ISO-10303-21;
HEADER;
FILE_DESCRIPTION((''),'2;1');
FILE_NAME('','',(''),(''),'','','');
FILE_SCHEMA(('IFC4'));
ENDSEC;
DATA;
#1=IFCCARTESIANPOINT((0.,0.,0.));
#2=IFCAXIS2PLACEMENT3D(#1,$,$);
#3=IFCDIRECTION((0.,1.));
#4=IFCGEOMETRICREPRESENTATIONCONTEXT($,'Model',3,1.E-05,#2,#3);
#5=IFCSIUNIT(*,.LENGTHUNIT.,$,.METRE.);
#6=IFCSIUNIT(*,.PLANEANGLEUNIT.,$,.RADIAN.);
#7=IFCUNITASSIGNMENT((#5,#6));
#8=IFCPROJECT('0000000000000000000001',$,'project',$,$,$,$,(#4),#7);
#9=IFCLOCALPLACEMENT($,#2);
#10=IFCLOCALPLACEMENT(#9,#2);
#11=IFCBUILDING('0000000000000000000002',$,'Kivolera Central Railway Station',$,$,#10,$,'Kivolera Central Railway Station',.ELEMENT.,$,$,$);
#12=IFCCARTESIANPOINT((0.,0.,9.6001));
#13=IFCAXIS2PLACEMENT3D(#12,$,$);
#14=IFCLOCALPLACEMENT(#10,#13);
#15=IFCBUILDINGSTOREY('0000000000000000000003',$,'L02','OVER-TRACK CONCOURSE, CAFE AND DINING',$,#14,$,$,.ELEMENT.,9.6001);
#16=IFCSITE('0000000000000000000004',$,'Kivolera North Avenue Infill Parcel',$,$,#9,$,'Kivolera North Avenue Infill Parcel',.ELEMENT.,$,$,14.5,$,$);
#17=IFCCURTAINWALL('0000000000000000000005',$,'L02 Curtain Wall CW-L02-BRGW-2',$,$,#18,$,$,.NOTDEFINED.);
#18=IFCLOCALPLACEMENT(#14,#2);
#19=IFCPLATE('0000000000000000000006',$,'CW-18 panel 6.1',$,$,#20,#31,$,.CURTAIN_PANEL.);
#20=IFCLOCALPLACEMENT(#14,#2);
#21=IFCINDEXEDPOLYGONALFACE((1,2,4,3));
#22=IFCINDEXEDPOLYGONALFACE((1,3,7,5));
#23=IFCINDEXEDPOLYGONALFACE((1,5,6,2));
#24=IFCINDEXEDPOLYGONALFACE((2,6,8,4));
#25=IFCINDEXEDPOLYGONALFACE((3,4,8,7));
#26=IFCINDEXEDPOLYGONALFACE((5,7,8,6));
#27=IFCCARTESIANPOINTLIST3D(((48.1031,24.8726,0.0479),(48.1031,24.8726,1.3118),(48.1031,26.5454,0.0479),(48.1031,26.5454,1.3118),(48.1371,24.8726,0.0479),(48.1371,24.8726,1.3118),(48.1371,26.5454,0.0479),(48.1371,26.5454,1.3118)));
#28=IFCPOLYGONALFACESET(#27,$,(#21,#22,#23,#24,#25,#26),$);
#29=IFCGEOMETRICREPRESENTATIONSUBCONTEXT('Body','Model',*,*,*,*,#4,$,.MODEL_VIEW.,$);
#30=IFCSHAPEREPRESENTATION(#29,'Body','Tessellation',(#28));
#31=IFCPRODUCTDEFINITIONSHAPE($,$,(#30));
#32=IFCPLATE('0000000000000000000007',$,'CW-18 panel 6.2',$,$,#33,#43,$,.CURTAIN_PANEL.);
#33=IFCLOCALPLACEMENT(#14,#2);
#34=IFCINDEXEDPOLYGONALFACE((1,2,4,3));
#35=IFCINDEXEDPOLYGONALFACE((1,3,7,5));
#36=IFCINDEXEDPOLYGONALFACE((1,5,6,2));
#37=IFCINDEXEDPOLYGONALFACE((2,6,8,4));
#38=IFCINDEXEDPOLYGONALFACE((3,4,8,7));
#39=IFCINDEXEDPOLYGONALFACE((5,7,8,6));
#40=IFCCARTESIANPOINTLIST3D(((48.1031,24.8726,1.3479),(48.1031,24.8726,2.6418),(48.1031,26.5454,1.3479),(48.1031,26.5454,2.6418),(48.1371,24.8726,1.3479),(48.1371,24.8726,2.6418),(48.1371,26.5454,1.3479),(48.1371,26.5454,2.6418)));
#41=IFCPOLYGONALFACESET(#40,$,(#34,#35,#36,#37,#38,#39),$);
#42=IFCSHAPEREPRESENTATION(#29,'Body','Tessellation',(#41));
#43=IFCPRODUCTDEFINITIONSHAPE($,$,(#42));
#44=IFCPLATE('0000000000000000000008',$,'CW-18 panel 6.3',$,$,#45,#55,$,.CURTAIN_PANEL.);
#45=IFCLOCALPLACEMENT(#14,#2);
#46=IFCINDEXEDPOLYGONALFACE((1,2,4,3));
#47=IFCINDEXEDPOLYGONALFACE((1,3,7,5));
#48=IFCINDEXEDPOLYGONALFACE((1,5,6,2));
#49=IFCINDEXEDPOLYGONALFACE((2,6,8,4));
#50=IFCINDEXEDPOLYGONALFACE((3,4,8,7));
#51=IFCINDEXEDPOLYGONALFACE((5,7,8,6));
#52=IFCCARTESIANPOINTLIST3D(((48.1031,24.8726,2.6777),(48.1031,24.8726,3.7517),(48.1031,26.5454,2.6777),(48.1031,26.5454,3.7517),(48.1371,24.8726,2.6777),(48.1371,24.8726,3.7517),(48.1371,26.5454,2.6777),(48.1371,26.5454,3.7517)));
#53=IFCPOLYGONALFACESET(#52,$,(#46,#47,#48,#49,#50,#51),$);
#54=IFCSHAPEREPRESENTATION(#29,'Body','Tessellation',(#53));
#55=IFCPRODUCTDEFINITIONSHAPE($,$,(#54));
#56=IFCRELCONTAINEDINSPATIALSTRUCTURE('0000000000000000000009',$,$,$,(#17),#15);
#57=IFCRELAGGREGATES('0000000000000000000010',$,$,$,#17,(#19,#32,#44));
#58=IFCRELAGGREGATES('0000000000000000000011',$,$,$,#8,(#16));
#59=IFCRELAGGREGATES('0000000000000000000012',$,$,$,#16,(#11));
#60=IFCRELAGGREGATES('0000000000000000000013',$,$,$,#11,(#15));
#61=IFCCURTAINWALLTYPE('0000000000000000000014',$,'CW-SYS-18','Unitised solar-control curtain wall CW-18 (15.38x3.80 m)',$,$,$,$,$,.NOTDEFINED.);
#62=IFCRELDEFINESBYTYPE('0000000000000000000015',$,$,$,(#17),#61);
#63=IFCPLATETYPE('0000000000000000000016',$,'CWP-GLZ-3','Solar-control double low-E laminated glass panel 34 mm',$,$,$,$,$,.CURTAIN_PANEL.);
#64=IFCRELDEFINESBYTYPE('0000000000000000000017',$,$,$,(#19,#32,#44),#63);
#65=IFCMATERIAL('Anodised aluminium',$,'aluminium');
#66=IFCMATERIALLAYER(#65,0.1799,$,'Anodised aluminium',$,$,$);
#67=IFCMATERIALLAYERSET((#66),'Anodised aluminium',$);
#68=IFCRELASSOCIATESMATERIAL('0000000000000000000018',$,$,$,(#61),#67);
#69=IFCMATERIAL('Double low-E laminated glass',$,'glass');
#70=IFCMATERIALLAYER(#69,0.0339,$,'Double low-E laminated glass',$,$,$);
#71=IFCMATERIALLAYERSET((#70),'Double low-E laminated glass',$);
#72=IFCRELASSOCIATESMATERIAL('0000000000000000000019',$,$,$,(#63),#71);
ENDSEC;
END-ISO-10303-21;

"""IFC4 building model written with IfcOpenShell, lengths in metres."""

from ifc_helpers import new_model, si_unit, direction, frame, origin, origin_2d, place, context, subcontext, project, spatial, rectangle, extrude, material, layer, layer_set, type_object, element, aggregate, save


model = new_model("IFC4")

# Units and contexts
model_context = context("Model", 3, precision=1e-05, world=origin(), true_north=direction((0.0, 1.0)))
body_context = subcontext(model_context, "Body", "Model", "MODEL_VIEW")
ifc_project = project(units=[si_unit("LENGTHUNIT", "METRE"), si_unit("PLANEANGLEUNIT", "RADIAN")], contexts=[model_context])

# Site, building, storey
site_placement = place(None, origin())
site = spatial("IfcSite", under=ifc_project, at=site_placement, Name="Kivolera North Avenue Infill Parcel", LongName="Kivolera North Avenue Infill Parcel", CompositionType="ELEMENT", RefElevation=14.5)
building_placement = place(site_placement, origin())
building = spatial("IfcBuilding", under=site, at=building_placement, Name="Kivolera Central Railway Station", LongName="Kivolera Central Railway Station", CompositionType="ELEMENT")
storey_placement = place(building_placement, frame((0.0, 0.0, 9.6001)))
storey = spatial("IfcBuildingStorey", under=building, at=storey_placement, Name="L02", Description="OVER-TRACK CONCOURSE, CAFE AND DINING", CompositionType="ELEMENT", Elevation=9.6001)

# Curtain wall, plates
ifc_material_1 = material(Name="Anodised aluminium", Category="aluminium")
ifc_layer_1 = layer(ifc_material_1, 0.1799, Name="Anodised aluminium")
ifc_layer_set_1 = layer_set([ifc_layer_1], Name="Anodised aluminium")
curtain_wall_type = type_object("IfcCurtainWallType", Name="CW-SYS-18", Description="Unitised solar-control curtain wall CW-18 (15.38x3.80 m)", PredefinedType="NOTDEFINED", material=ifc_layer_set_1)
curtain_wall_placement = place(storey_placement, origin())
curtain_wall = element("IfcCurtainWall", 1, at=curtain_wall_placement, inside=storey, type_object=curtain_wall_type, Name="L02 Curtain Wall CW-L02-BRGW-2", PredefinedType="NOTDEFINED")
ifc_material_2 = material(Name="Double low-E laminated glass", Category="glass")
ifc_layer_2 = layer(ifc_material_2, 0.0339, Name="Double low-E laminated glass")
ifc_layer_set_2 = layer_set([ifc_layer_2], Name="Double low-E laminated glass")
plate_type = type_object("IfcPlateType", Name="CWP-GLZ-3", Description="Solar-control double low-E laminated glass panel 34 mm", PredefinedType="CURTAIN_PANEL", material=ifc_layer_set_2)
plate_1_placement = place(storey_placement, frame((48.1201, 25.709, 0.0479), z_axis=(0.0, 0.0, 1.0), x_axis=(0.0, 1.0, 0.0)))
plate_1 = element("IfcPlate", 2, at=plate_1_placement, type_object=plate_type, Name="CW-18 panel 6.1", PredefinedType="CURTAIN_PANEL", context=body_context, shape_type="SweptSolid", body=[
    extrude(rectangle(XDim=1.6729, YDim=0.0339, at=origin_2d()), origin(), (0.0, 0.0, 1.0), 1.2639),
])
plate_2_placement = place(storey_placement, frame((48.1201, 25.709, 1.3479), z_axis=(0.0, 0.0, 1.0), x_axis=(0.0, 1.0, 0.0)))
plate_2 = element("IfcPlate", 3, at=plate_2_placement, type_object=plate_type, Name="CW-18 panel 6.2", PredefinedType="CURTAIN_PANEL", context=body_context, shape_type="SweptSolid", body=[
    extrude(rectangle(XDim=1.6729, YDim=0.0339, at=origin_2d()), origin(), (0.0, 0.0, 1.0), 1.2939),
])
plate_3_placement = place(storey_placement, frame((48.1201, 25.709, 2.6777), z_axis=(0.0, 0.0, 1.0), x_axis=(0.0, 1.0, 0.0)))
plate_3 = element("IfcPlate", 4, at=plate_3_placement, type_object=plate_type, Name="CW-18 panel 6.3", PredefinedType="CURTAIN_PANEL", context=body_context, shape_type="SweptSolid", body=[
    extrude(rectangle(XDim=1.6729, YDim=0.0339, at=origin_2d()), origin(), (0.0, 0.0, 1.0), 1.074),
])
aggregate(curtain_wall, [plate_1, plate_2, plate_3])

save(model, "model.ifc")
